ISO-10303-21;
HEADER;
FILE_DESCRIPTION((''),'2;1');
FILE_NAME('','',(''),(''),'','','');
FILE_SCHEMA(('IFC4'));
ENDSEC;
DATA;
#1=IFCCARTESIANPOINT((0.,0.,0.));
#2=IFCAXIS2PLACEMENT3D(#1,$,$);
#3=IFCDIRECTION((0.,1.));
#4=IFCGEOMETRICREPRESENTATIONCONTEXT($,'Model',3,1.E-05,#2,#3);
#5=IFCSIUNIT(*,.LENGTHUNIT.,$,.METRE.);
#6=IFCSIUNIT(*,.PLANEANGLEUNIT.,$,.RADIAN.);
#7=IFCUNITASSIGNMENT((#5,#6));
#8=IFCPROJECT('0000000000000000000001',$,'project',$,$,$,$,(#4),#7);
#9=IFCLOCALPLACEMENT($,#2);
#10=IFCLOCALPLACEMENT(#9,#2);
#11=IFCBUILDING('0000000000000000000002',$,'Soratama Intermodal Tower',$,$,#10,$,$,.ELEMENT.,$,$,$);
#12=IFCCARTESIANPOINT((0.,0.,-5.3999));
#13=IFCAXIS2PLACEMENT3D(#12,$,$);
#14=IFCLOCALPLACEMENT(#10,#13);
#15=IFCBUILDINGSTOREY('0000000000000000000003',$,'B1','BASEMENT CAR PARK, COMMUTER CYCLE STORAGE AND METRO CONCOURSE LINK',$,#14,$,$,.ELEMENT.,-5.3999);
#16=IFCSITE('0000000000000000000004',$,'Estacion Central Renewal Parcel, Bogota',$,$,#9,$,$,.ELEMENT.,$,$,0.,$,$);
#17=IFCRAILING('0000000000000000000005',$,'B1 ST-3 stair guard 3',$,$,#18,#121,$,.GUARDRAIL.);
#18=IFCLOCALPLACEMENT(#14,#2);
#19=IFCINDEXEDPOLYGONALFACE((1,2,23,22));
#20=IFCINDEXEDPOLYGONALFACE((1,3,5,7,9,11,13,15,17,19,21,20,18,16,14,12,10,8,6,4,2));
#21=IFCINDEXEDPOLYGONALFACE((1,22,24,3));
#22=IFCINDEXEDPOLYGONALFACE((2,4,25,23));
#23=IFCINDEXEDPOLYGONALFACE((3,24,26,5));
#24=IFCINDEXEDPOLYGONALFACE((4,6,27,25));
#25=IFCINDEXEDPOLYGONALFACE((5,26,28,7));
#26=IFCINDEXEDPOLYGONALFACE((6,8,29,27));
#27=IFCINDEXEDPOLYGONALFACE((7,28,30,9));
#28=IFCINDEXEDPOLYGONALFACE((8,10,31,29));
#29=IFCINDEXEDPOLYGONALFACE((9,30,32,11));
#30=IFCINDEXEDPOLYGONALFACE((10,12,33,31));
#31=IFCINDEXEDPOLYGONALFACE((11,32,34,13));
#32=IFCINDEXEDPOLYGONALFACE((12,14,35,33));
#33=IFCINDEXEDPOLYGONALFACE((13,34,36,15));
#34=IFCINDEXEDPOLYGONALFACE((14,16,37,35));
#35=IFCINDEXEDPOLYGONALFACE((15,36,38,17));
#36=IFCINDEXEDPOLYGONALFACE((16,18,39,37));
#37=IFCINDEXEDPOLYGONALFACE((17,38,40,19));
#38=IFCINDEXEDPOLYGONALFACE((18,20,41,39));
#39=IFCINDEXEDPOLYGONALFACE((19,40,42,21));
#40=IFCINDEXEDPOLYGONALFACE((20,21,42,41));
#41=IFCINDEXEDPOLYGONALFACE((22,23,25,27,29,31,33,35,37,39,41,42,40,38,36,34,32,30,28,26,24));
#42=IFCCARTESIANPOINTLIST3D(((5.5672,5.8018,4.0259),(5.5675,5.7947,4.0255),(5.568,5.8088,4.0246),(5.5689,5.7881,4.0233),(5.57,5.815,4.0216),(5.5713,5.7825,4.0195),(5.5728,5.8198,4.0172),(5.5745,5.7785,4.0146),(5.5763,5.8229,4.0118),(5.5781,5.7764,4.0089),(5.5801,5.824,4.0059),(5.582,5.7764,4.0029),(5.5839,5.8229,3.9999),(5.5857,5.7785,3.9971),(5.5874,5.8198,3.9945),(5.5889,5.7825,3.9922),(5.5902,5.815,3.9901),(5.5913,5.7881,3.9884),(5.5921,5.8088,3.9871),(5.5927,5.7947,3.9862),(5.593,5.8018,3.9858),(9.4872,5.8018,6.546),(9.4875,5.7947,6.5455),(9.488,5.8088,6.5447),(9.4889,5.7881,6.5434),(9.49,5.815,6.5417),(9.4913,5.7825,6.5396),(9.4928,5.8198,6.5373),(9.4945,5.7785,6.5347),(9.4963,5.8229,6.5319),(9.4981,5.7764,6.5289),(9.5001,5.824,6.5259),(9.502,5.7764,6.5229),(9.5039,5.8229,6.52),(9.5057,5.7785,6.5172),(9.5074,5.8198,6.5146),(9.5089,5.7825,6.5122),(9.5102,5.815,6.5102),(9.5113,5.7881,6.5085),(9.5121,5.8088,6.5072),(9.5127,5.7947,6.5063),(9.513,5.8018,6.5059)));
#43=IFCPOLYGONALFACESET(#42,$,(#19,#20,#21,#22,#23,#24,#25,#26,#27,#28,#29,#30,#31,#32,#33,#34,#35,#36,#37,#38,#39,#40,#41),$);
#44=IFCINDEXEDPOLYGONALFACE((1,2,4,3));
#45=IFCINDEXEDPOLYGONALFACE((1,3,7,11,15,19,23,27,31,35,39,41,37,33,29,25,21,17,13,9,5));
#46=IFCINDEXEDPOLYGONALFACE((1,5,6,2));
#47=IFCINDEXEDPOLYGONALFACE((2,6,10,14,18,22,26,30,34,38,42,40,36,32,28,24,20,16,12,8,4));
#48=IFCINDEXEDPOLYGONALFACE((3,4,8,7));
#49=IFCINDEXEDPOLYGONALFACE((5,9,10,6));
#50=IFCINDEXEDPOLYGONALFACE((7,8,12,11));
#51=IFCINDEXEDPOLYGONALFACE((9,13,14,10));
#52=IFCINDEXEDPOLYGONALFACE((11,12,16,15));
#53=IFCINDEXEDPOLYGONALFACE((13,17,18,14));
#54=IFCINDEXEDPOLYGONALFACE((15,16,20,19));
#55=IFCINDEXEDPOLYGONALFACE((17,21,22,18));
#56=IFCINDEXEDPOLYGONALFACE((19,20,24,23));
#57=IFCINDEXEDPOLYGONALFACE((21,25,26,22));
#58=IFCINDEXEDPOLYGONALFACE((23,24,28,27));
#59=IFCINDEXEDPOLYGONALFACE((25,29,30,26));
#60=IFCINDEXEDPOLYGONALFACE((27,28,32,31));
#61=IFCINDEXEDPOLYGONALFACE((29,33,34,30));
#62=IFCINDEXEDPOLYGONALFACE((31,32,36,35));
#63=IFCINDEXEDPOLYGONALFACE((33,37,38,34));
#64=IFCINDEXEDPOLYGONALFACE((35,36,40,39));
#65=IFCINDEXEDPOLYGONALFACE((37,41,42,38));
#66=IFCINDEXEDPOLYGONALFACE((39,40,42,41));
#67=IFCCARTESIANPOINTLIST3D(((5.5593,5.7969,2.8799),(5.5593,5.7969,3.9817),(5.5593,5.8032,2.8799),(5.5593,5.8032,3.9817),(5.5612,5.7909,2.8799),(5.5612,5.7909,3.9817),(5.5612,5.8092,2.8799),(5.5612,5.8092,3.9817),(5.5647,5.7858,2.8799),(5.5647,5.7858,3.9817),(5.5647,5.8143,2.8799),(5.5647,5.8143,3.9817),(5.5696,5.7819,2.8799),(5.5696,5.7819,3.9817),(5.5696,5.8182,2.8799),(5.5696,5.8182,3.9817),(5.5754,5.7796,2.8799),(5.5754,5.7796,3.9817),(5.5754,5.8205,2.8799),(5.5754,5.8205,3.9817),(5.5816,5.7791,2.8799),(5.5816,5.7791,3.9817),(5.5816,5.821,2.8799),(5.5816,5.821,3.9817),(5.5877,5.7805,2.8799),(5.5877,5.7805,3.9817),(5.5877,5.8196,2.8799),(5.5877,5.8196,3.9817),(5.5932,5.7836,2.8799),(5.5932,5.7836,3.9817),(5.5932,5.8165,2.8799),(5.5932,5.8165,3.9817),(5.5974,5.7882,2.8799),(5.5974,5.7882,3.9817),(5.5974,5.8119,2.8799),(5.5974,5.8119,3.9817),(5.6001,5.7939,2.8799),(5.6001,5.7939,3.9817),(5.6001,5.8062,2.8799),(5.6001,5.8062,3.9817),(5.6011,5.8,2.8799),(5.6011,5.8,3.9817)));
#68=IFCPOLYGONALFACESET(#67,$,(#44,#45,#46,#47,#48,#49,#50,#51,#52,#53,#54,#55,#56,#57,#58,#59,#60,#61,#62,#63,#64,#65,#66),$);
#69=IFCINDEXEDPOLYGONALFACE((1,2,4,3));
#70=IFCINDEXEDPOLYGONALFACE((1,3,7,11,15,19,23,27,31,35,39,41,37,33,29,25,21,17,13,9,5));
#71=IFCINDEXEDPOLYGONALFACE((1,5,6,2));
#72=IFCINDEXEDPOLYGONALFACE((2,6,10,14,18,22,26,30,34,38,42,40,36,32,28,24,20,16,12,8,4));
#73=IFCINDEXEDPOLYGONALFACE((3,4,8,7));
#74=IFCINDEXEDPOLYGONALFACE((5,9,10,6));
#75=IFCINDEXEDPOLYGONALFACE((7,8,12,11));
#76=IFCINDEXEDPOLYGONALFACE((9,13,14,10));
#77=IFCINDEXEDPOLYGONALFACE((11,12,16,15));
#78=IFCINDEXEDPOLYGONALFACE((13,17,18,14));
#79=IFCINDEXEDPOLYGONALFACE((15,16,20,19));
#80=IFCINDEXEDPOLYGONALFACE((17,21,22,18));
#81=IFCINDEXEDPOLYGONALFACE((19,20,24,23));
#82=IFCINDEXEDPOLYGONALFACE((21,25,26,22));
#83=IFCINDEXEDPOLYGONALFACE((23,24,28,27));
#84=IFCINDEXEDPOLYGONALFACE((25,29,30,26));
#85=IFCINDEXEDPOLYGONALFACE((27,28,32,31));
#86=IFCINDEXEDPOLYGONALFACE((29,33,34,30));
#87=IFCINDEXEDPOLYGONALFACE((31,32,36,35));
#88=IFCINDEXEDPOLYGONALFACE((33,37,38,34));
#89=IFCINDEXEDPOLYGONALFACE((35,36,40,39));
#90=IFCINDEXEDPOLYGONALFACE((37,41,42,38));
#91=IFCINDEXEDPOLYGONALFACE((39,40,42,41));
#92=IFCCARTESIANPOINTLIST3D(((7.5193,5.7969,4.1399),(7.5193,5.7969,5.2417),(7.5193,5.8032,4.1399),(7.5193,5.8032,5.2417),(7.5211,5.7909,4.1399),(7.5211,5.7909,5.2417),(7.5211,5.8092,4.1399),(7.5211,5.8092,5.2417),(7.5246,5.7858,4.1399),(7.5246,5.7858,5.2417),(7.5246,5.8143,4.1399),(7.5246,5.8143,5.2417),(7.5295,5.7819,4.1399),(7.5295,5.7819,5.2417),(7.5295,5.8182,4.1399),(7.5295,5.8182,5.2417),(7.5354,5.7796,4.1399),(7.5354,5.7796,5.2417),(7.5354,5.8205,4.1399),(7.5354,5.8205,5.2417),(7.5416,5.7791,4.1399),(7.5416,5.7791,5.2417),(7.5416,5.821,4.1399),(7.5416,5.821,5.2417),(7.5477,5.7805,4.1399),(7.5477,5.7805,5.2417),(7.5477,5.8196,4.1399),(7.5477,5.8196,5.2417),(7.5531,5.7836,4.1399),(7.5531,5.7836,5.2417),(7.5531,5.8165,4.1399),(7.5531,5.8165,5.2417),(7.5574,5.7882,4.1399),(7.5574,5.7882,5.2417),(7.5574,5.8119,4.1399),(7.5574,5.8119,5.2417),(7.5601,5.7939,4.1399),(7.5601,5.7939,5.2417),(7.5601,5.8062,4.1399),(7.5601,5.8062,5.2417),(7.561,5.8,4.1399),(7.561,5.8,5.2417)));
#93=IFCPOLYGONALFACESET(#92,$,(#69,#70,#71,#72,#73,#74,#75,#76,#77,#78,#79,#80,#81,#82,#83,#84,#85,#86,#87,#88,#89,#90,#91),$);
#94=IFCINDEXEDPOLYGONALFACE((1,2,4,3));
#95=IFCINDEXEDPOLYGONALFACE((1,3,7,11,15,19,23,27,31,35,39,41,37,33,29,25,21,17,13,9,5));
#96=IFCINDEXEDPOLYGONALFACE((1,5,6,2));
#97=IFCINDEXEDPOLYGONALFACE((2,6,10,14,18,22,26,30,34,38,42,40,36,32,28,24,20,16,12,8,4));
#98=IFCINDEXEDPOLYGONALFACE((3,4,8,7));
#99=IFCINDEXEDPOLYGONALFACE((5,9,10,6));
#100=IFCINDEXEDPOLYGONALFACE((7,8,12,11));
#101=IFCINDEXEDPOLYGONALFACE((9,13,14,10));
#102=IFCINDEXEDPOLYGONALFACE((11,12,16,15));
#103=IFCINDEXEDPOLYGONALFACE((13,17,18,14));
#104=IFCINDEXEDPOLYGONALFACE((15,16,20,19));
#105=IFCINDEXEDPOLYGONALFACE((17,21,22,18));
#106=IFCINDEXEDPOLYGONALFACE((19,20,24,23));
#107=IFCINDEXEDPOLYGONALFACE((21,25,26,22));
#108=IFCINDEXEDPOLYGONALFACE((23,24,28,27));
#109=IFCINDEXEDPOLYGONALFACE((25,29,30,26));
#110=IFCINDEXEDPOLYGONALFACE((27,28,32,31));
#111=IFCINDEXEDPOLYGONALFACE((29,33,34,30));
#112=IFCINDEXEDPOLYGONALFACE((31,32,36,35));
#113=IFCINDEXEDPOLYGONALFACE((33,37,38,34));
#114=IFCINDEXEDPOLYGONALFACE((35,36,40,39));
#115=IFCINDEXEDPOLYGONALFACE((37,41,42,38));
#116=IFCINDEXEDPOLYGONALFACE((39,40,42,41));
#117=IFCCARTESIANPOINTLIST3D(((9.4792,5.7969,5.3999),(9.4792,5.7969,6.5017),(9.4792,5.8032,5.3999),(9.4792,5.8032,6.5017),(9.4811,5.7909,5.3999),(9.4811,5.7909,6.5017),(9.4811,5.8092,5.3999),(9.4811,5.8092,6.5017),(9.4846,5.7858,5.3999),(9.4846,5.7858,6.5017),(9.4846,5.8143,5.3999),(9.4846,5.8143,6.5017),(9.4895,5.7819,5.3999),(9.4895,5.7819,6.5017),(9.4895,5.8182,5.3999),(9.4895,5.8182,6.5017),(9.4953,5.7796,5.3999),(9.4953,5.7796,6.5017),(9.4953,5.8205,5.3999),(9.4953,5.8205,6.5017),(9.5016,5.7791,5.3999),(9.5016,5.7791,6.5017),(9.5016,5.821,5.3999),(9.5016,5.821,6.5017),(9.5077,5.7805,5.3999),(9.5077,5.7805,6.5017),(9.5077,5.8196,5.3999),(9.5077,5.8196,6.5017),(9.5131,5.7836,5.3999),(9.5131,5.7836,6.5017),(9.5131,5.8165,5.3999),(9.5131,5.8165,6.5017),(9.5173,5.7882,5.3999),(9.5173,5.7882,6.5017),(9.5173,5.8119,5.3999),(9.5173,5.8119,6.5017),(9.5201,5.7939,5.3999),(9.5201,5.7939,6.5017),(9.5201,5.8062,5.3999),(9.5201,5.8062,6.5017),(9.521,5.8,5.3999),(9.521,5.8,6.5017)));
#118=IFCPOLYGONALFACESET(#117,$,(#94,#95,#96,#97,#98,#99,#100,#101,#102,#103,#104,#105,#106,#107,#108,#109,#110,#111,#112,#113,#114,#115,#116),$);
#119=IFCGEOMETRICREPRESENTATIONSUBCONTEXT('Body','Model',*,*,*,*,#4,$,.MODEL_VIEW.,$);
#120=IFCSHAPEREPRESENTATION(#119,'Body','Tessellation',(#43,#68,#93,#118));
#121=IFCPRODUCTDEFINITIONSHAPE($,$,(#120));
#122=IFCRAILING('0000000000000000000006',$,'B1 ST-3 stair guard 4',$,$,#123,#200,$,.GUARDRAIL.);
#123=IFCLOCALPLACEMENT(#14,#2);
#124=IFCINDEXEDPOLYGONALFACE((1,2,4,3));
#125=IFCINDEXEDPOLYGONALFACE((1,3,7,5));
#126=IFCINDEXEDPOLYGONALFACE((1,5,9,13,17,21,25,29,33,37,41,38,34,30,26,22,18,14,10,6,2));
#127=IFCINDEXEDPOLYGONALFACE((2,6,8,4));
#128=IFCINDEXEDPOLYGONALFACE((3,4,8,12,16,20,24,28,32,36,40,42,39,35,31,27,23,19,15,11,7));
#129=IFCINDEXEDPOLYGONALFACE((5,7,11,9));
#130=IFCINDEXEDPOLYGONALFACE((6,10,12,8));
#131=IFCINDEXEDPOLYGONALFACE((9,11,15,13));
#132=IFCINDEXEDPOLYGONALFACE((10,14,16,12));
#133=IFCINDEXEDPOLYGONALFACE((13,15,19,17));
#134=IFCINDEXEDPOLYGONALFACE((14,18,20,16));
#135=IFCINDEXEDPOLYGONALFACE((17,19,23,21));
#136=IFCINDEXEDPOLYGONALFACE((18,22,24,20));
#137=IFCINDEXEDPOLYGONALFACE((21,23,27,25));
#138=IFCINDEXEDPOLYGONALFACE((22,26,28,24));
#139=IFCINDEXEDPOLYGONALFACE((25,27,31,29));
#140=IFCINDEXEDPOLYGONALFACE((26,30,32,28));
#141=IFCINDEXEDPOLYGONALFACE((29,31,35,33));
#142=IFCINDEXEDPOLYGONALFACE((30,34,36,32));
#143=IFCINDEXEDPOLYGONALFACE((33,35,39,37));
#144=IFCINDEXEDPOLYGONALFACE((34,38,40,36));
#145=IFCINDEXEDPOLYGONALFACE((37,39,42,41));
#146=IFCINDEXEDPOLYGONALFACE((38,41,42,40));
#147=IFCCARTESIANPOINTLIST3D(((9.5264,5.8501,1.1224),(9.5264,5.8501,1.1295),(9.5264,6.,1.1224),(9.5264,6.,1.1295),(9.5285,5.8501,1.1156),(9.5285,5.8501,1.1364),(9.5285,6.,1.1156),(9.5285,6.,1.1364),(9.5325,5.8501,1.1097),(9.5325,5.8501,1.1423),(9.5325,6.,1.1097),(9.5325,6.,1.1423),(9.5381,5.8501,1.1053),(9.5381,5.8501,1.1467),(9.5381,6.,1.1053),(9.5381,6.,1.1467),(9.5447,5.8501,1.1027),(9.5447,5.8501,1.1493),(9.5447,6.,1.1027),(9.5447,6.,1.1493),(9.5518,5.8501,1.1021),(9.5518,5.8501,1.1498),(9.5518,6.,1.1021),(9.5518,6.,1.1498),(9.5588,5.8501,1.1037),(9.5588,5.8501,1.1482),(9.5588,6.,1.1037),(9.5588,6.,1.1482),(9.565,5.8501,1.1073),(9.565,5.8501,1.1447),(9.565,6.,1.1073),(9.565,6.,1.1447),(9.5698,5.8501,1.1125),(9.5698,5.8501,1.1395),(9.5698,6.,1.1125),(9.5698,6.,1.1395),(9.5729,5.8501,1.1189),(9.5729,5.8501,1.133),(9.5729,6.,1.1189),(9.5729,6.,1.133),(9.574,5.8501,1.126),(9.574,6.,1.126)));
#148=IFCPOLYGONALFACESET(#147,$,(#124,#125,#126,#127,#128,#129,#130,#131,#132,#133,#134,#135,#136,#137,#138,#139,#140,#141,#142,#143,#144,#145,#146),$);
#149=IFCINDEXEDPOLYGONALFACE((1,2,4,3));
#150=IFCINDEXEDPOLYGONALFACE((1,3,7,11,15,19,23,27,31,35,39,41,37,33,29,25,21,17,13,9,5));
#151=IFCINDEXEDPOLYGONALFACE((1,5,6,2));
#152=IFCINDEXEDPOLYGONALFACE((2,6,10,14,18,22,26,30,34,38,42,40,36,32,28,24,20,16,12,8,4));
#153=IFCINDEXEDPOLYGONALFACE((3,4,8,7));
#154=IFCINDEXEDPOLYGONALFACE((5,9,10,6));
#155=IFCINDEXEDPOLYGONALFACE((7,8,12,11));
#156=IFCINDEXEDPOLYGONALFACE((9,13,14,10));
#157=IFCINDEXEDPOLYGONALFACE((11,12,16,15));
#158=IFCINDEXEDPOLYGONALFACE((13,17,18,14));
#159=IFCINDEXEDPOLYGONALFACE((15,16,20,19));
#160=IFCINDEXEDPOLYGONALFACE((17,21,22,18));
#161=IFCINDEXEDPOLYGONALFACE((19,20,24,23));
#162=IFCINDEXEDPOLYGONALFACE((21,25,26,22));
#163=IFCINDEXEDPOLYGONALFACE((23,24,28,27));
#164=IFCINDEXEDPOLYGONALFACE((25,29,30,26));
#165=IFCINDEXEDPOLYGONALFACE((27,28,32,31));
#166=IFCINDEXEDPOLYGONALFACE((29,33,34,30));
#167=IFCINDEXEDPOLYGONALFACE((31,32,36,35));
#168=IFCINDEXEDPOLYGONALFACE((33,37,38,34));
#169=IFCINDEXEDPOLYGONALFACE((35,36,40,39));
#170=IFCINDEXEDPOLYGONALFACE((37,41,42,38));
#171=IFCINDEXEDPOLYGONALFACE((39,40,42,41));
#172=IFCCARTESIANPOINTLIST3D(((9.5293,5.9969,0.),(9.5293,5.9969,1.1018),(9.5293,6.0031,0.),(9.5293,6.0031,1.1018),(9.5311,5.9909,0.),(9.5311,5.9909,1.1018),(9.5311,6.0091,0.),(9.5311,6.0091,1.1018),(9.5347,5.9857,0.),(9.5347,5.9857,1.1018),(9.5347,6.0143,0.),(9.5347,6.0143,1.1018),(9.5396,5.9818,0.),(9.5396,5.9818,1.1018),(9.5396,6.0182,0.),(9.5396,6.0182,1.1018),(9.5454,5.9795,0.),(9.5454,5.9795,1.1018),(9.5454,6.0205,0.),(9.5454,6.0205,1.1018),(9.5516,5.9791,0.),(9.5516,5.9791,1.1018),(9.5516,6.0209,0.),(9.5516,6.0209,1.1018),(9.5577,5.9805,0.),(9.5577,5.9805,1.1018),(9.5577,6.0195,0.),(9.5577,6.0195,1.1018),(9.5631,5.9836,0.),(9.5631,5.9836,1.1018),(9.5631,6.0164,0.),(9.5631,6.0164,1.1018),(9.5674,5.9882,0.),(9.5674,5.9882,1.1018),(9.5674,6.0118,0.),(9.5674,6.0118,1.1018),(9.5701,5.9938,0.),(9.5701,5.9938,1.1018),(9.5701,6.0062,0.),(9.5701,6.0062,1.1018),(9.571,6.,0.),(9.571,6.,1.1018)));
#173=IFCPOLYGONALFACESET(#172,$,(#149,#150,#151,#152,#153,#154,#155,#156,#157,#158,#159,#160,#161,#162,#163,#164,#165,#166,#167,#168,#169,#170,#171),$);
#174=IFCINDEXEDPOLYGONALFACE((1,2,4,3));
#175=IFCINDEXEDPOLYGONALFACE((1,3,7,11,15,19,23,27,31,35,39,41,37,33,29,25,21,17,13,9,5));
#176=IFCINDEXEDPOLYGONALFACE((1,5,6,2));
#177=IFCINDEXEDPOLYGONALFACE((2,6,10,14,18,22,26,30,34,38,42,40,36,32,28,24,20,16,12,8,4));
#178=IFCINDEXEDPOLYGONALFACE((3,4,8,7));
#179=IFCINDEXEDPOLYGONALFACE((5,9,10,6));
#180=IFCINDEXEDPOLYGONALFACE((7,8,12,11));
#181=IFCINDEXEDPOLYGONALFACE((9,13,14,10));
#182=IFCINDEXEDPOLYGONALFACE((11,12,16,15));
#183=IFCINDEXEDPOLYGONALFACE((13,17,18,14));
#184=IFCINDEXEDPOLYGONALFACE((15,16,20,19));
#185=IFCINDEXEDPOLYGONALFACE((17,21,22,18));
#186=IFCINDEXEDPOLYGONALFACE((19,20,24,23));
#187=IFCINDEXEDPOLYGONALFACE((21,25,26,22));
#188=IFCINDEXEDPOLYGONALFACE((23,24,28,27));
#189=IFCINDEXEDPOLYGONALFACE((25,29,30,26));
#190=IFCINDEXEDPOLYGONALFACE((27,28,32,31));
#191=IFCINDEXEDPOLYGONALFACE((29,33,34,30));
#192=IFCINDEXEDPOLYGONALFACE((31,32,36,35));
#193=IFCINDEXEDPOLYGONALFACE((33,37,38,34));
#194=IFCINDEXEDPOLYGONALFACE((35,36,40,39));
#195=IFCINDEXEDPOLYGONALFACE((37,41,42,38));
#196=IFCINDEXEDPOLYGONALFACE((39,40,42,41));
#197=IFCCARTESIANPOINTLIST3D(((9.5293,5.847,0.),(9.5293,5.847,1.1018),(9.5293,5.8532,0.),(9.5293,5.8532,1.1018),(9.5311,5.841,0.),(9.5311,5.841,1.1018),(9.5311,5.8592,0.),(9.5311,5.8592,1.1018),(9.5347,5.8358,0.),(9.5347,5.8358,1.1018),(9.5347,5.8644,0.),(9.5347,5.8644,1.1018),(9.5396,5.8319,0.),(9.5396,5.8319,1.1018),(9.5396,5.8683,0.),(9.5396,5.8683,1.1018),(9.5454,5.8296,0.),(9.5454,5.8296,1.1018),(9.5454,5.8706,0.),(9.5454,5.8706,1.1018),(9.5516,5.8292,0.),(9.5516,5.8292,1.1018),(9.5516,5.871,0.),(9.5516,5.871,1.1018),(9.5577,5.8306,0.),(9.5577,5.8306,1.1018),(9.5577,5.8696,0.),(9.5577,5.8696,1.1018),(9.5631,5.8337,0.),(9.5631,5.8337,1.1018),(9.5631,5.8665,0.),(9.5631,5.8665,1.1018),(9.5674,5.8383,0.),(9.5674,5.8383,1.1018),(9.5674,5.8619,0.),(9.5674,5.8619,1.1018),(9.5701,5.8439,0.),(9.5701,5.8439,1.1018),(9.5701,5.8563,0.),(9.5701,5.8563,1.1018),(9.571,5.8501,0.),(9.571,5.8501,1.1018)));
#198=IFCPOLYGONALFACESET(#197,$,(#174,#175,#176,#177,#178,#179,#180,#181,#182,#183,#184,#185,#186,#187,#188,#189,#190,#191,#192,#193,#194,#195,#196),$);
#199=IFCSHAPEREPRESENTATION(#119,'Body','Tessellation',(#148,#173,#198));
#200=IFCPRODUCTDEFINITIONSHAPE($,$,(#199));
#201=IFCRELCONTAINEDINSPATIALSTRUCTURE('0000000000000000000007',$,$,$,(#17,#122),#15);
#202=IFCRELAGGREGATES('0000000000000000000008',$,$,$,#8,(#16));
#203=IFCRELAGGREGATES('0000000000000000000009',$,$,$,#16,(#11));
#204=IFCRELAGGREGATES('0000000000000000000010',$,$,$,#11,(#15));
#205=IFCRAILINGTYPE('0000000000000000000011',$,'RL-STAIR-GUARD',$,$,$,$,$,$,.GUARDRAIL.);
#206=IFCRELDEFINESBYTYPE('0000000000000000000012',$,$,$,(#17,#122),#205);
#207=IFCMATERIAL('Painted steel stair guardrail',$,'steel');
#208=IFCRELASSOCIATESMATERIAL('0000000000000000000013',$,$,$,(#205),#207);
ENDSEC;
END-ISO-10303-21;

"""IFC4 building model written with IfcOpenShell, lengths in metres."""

from ifc_helpers import new_model, si_unit, direction, frame, origin, origin_2d, place, context, subcontext, project, spatial, circle, extrude, material, type_object, element, save


model = new_model("IFC4")

# Units and contexts
model_context = context("Model", 3, precision=1e-05, world=origin(), true_north=direction((0.0, 1.0)))
body_context = subcontext(model_context, "Body", "Model", "MODEL_VIEW")
ifc_project = project(units=[si_unit("LENGTHUNIT", "METRE"), si_unit("PLANEANGLEUNIT", "RADIAN")], contexts=[model_context])

# Site, building, storey
site_placement = place(None, origin())
site = spatial("IfcSite", under=ifc_project, at=site_placement, Name="Estacion Central Renewal Parcel, Bogota", CompositionType="ELEMENT", RefElevation=0.0)
building_placement = place(site_placement, origin())
building = spatial("IfcBuilding", under=site, at=building_placement, Name="Soratama Intermodal Tower", CompositionType="ELEMENT")
storey_placement = place(building_placement, frame((0.0, 0.0, -5.3999)))
storey = spatial("IfcBuildingStorey", under=building, at=storey_placement, Name="B1", Description="BASEMENT CAR PARK, COMMUTER CYCLE STORAGE AND METRO CONCOURSE LINK", CompositionType="ELEMENT", Elevation=-5.3999)

# Railings
ifc_material_1 = material(Name="Painted steel stair guardrail", Category="steel")
railing_type_1 = type_object("IfcRailingType", Name="RL-STAIR-GUARD", PredefinedType="GUARDRAIL", material=ifc_material_1)
railing_1_placement = place(storey_placement, frame((5.5801, 5.8, 2.8799)))
element("IfcRailing", 1, at=railing_1_placement, inside=storey, type_object=railing_type_1, Name="B1 ST-3 stair guard 3", PredefinedType="GUARDRAIL", context=body_context, shape_type="SweptSolid", body=[
    extrude(circle(Radius=0.0239, at=origin_2d()), frame((0.0, 0.0, 1.126), z_axis=(0.841172, 0.0, 0.540768), x_axis=(0.0, 1.0, 0.0)), (0.0, 0.0, 1.0), 4.6602),
    extrude(circle(Radius=0.021, at=origin_2d()), origin(), (0.0, 0.0, 1.0), 1.1018),
    extrude(circle(Radius=0.021, at=origin_2d()), frame((1.96, 0.0, 1.26)), (0.0, 0.0, 1.0), 1.1018),
    extrude(circle(Radius=0.021, at=origin_2d()), frame((3.9199, 0.0, 2.52)), (0.0, 0.0, 1.0), 1.1018),
])
railing_2_placement = place(storey_placement, frame((9.55, 6.0, 0.0)))
element("IfcRailing", 2, at=railing_2_placement, inside=storey, type_object=railing_type_1, Name="B1 ST-3 stair guard 4", PredefinedType="GUARDRAIL", context=body_context, shape_type="SweptSolid", body=[
    extrude(circle(Radius=0.0239, at=origin_2d()), frame((0.0, 0.0, 1.126), z_axis=(0.0, -1.0, 0.0), x_axis=(1.0, 0.0, 0.0)), (0.0, 0.0, 1.0), 0.1499),
    extrude(circle(Radius=0.021, at=origin_2d()), origin(), (0.0, 0.0, 1.0), 1.1018),
    extrude(circle(Radius=0.021, at=origin_2d()), frame((0.0, -0.1499, 0.0)), (0.0, 0.0, 1.0), 1.1018),
])

save(model, "model.ifc")
